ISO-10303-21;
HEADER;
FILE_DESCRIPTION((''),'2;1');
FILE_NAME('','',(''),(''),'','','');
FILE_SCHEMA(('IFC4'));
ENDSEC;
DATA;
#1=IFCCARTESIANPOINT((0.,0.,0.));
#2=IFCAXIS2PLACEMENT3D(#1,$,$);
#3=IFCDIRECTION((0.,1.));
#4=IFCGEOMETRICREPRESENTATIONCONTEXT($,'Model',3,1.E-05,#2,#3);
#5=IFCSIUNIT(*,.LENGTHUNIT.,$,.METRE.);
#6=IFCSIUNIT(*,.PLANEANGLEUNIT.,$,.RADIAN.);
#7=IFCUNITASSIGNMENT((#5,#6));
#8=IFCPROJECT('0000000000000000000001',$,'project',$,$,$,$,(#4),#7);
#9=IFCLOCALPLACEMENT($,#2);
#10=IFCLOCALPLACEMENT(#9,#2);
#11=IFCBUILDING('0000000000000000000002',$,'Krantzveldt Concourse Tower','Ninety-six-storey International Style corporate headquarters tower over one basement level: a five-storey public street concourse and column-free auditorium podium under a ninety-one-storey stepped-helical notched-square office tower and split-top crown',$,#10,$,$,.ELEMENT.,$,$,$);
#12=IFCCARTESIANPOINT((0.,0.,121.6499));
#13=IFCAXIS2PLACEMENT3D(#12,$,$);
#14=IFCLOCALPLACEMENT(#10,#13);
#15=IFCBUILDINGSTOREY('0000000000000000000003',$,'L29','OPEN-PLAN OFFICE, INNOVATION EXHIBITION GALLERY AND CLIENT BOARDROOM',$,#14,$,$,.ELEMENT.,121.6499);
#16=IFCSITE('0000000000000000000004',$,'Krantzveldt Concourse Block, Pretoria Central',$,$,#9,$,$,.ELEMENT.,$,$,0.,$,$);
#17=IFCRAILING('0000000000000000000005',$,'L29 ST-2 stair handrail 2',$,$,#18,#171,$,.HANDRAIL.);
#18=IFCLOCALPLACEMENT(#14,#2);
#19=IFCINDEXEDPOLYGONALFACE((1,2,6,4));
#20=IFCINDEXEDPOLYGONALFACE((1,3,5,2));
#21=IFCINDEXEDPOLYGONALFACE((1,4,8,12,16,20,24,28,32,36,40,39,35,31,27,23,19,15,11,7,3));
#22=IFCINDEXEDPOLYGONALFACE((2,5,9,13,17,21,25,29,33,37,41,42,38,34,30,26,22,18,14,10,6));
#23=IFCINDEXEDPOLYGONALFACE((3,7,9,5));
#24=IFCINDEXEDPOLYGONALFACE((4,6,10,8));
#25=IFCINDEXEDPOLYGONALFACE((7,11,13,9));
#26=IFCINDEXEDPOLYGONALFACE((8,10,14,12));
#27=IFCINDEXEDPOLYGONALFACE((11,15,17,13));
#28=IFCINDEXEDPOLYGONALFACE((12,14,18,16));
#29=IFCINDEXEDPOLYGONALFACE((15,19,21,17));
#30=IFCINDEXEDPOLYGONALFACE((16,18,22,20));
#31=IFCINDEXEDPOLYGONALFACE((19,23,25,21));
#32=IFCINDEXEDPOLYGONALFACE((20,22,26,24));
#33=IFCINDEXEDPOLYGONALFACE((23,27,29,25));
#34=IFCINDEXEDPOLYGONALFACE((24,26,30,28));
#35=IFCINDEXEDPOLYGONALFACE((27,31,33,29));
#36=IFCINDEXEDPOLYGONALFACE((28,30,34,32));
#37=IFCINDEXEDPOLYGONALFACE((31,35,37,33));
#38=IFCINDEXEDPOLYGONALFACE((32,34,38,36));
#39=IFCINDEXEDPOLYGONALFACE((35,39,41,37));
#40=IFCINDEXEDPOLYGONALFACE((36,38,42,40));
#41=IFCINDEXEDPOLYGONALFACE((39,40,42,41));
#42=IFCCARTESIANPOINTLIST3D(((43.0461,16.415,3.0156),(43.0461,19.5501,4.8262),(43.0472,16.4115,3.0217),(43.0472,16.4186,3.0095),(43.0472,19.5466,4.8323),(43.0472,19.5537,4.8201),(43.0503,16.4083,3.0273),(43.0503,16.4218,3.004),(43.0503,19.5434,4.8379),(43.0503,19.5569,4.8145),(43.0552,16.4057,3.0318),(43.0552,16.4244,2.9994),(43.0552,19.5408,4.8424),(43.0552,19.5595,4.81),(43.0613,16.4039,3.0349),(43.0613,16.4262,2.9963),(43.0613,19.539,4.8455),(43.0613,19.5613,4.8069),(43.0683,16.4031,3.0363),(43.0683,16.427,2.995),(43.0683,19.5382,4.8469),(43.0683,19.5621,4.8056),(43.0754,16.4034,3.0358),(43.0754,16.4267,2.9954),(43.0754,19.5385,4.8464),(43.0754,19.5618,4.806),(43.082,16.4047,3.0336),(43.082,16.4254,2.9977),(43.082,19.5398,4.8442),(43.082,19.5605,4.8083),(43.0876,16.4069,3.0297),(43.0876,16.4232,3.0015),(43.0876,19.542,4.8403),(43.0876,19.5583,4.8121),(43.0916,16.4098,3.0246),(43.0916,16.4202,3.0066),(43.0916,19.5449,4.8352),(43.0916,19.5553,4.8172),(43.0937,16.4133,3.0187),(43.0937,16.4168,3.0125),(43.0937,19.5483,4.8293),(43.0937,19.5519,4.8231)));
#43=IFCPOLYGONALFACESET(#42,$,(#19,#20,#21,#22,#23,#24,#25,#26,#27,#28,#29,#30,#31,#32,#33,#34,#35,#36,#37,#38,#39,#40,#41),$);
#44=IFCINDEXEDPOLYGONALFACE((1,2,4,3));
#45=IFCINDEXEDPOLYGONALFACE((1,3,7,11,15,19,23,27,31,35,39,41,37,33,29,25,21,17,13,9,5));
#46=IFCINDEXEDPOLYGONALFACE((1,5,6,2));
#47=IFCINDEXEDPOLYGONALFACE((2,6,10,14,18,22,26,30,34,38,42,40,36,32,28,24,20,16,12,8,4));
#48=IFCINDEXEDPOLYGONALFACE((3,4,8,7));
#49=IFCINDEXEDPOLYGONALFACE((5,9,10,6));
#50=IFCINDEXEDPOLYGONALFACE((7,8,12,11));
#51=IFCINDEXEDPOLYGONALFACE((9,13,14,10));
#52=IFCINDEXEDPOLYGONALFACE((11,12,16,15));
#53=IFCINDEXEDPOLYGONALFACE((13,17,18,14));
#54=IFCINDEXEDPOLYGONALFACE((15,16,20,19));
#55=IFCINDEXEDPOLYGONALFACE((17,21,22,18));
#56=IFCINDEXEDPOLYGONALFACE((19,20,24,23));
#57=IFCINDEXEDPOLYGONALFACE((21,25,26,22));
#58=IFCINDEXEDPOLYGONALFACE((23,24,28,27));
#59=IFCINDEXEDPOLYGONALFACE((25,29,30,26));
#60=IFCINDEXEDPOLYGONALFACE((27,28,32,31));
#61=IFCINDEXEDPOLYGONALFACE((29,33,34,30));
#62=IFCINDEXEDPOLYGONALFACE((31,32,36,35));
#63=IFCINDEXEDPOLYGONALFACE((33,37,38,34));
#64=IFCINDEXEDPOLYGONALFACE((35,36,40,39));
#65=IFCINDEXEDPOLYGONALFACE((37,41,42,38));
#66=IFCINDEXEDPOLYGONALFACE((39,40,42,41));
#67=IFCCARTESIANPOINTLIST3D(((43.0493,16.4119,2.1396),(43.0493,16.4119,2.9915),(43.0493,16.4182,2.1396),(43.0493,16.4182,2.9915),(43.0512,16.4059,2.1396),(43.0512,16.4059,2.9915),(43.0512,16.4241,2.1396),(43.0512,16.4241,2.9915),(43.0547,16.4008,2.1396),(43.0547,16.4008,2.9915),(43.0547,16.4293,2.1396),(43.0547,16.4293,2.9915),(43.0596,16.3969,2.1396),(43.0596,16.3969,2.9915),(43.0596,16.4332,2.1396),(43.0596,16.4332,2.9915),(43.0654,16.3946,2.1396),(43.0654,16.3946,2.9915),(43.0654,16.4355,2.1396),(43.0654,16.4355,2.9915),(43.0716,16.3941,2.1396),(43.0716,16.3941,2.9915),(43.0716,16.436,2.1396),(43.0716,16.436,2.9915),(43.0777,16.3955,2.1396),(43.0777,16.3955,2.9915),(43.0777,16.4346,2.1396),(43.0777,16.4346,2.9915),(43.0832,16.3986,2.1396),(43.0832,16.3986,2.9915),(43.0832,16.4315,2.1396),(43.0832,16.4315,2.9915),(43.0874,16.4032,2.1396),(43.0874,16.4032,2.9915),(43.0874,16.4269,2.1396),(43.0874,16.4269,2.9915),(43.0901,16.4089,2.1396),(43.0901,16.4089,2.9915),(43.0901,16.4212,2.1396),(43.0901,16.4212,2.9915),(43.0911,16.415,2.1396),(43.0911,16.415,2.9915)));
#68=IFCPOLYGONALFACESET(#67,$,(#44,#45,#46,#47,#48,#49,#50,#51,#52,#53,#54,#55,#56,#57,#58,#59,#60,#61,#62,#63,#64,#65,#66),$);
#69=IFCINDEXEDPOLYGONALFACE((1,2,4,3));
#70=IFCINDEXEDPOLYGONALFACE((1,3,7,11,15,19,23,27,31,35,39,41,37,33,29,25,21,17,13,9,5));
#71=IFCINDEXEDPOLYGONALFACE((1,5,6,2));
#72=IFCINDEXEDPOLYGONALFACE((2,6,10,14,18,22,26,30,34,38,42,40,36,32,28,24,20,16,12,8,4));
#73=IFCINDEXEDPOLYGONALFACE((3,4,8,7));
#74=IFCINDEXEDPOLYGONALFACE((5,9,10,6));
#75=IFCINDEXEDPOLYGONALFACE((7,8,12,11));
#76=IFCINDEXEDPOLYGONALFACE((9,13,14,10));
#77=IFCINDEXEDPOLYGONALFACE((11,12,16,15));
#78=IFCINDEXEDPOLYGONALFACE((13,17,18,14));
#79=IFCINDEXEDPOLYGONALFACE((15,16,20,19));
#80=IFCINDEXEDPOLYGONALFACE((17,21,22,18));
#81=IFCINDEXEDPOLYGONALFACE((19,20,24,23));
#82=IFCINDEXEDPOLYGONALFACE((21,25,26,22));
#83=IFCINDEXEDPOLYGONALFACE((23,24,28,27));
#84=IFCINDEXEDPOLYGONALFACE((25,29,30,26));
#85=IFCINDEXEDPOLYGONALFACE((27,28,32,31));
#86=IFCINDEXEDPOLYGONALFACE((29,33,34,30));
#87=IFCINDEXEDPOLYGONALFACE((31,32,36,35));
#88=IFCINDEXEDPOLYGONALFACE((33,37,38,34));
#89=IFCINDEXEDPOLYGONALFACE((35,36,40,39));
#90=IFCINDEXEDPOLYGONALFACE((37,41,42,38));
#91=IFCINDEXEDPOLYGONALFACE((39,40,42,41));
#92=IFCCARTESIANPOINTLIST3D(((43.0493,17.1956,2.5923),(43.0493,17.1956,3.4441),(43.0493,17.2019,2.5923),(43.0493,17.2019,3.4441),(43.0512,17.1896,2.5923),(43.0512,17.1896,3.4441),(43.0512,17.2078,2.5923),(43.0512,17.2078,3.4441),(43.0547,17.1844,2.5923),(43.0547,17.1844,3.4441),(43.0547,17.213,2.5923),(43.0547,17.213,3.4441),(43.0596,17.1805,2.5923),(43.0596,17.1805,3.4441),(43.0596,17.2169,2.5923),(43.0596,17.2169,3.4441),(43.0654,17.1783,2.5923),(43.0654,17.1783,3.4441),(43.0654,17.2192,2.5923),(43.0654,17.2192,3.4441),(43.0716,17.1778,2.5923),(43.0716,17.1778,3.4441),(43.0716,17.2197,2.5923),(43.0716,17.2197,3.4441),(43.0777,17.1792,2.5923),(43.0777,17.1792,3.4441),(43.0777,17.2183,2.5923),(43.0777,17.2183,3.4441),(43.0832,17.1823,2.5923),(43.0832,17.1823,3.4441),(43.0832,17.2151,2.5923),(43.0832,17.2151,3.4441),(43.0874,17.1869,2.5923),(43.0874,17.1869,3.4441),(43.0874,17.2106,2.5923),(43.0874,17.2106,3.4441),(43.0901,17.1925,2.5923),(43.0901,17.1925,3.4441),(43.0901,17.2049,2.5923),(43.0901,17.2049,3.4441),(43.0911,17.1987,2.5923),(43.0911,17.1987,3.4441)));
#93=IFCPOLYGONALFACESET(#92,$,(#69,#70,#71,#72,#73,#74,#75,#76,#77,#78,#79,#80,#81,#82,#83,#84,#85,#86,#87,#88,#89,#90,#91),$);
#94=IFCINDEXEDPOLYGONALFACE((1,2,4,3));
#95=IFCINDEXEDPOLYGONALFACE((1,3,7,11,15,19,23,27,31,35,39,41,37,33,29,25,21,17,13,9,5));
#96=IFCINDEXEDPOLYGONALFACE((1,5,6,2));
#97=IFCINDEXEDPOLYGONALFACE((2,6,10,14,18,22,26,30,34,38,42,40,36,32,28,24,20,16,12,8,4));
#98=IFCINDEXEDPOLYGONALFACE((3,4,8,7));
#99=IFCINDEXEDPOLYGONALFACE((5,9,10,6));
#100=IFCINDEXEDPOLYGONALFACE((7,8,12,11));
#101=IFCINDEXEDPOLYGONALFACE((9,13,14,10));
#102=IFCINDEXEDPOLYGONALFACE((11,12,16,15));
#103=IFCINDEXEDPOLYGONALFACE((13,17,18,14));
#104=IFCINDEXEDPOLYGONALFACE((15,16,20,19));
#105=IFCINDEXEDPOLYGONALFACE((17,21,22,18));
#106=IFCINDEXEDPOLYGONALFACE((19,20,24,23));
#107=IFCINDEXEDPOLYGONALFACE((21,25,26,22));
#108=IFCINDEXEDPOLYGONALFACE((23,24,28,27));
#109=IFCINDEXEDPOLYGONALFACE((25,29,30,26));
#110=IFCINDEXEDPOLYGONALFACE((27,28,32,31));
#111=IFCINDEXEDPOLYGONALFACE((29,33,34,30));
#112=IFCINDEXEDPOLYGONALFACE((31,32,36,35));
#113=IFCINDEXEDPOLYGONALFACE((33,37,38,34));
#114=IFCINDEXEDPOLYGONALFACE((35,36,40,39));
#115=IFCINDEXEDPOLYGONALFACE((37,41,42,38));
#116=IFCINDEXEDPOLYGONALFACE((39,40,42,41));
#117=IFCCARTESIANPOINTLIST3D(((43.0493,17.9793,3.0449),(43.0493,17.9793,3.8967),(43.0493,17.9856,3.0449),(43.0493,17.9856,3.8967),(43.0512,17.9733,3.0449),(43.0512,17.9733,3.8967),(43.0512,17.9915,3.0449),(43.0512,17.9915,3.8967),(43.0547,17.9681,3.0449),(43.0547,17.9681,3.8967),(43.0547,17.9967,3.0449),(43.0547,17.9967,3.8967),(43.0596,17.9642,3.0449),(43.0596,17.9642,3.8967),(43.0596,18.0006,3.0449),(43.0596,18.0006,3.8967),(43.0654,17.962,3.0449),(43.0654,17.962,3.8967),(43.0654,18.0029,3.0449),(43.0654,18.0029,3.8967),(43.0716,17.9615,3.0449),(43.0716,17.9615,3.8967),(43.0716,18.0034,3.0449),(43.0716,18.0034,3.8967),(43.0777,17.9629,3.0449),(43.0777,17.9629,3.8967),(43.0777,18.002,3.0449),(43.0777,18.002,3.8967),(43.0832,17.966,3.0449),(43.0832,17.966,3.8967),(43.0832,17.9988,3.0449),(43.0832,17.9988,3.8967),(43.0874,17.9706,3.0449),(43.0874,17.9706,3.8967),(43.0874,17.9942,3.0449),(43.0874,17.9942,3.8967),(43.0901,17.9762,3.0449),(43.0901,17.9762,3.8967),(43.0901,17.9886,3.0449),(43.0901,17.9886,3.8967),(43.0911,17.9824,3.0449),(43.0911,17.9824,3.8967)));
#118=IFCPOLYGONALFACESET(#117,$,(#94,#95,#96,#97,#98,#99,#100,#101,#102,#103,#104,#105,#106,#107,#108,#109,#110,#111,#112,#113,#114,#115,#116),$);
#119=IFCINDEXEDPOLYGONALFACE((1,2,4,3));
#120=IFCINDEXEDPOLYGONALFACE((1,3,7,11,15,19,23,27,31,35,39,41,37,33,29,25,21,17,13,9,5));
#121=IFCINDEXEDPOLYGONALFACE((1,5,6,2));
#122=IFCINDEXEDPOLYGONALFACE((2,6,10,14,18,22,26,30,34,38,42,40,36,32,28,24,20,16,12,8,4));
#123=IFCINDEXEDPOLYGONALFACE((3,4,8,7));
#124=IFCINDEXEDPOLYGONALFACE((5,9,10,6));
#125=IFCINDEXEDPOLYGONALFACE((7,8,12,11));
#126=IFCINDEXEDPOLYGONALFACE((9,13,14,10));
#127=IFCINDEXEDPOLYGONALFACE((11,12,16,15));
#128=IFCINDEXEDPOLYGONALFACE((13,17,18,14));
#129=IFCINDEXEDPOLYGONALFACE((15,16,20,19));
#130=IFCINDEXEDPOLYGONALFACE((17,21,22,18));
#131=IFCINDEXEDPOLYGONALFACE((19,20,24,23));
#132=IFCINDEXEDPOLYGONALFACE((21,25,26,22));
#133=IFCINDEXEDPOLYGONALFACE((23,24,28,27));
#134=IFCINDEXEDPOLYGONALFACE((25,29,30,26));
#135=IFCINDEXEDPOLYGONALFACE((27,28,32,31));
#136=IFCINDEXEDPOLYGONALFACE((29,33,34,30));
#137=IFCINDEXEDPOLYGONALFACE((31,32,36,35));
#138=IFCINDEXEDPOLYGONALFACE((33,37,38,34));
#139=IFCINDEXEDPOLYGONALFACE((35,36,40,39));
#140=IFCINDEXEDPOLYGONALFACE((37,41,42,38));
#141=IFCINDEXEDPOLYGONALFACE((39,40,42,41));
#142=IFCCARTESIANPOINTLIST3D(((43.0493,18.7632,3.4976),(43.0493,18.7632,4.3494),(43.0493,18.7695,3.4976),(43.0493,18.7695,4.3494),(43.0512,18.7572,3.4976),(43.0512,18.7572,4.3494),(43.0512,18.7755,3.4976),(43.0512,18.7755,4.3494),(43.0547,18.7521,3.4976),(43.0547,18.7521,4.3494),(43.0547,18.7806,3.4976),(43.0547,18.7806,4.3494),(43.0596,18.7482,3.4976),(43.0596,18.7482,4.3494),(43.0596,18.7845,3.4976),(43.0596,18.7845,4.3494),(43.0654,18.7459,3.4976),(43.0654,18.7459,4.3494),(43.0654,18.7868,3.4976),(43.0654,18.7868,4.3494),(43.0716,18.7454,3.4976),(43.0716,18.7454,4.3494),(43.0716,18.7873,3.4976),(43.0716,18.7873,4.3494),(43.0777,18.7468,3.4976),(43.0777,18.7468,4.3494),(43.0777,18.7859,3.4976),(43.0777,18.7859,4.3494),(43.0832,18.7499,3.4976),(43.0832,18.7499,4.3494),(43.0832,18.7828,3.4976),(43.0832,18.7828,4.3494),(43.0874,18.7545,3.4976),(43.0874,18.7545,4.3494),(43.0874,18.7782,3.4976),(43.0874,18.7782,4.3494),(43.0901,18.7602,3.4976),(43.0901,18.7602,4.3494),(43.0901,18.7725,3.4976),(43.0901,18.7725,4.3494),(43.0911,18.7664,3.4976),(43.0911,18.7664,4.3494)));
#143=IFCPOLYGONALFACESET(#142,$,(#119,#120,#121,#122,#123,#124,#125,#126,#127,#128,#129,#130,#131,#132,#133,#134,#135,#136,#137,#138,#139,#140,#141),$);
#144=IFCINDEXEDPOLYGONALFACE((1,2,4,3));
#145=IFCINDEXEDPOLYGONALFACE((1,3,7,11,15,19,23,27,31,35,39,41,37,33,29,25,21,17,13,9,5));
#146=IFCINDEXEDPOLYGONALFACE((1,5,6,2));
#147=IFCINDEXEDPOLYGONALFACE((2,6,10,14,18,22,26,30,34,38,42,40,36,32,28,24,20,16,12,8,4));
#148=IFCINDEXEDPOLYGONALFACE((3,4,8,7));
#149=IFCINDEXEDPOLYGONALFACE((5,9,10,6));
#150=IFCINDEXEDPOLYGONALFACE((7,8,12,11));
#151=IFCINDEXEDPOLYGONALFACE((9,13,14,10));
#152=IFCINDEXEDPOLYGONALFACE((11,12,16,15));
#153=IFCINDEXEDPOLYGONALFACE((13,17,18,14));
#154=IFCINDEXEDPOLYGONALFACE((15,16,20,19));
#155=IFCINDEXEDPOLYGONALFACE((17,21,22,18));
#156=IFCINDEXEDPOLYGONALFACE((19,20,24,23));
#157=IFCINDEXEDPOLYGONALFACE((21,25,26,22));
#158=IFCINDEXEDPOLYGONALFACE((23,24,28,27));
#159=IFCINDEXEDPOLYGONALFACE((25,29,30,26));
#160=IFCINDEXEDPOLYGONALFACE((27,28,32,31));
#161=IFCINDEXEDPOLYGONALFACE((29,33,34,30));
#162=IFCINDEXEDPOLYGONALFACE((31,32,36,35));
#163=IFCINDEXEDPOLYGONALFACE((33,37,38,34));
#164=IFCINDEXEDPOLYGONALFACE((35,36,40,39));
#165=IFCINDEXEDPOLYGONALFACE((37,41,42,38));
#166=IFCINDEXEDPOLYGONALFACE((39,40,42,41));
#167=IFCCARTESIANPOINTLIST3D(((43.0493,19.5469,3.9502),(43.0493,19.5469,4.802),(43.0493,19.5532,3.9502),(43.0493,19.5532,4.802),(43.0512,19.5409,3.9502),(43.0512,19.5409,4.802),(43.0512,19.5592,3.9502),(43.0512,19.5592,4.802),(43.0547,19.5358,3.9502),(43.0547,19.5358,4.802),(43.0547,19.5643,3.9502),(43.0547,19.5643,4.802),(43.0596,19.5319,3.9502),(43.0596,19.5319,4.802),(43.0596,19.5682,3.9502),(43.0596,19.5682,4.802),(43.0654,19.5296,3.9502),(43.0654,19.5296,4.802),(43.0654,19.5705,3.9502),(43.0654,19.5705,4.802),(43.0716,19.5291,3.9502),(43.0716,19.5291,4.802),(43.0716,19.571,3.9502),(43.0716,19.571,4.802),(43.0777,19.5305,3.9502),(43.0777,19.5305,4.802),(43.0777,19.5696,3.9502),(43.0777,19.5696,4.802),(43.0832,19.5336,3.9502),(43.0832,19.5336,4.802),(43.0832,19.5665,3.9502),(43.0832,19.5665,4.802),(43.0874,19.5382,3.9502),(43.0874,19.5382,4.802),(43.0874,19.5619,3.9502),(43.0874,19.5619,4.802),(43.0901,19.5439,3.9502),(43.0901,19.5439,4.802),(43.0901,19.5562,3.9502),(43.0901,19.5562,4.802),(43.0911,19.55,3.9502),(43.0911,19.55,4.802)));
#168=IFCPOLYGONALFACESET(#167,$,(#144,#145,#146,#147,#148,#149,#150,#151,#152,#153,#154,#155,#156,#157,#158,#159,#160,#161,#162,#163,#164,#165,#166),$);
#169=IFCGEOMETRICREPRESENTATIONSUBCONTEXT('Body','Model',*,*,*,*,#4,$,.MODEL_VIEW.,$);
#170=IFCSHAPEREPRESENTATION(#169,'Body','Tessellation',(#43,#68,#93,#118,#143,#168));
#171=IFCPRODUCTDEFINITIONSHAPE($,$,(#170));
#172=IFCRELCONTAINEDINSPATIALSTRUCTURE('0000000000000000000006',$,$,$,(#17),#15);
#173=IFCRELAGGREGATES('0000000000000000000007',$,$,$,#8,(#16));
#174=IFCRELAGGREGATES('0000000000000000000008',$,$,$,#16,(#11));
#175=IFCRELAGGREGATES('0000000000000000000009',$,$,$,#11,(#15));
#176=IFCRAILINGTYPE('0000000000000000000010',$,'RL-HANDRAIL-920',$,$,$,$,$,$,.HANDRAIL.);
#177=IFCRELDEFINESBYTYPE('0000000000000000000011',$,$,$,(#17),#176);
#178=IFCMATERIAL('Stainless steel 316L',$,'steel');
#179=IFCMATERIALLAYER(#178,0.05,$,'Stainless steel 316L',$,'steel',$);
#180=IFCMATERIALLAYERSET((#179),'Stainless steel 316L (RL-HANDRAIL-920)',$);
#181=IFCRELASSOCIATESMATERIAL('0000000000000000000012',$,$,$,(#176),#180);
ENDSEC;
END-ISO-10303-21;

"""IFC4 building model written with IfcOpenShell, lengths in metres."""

from ifc_helpers import new_model, si_unit, direction, frame, origin, origin_2d, place, context, subcontext, project, spatial, circle, extrude, material, layer, layer_set, type_object, element, save


model = new_model("IFC4")

# Units and contexts
model_context = context("Model", 3, precision=1e-05, world=origin(), true_north=direction((0.0, 1.0)))
body_context = subcontext(model_context, "Body", "Model", "MODEL_VIEW")
ifc_project = project(units=[si_unit("LENGTHUNIT", "METRE"), si_unit("PLANEANGLEUNIT", "RADIAN")], contexts=[model_context])

# Site, building, storey
site_placement = place(None, origin())
site = spatial("IfcSite", under=ifc_project, at=site_placement, Name="Krantzveldt Concourse Block, Pretoria Central", CompositionType="ELEMENT", RefElevation=0.0)
building_placement = place(site_placement, origin())
building = spatial("IfcBuilding", under=site, at=building_placement, Name="Krantzveldt Concourse Tower", Description="Ninety-six-storey International Style corporate headquarters tower over one basement level: a five-storey public street concourse and column-free auditorium podium under a ninety-one-storey stepped-helical notched-square office tower and split-top crown", CompositionType="ELEMENT")
storey_placement = place(building_placement, frame((0.0, 0.0, 121.6499)))
storey = spatial("IfcBuildingStorey", under=building, at=storey_placement, Name="L29", Description="OPEN-PLAN OFFICE, INNOVATION EXHIBITION GALLERY AND CLIENT BOARDROOM", CompositionType="ELEMENT", Elevation=121.6499)

# Shared definitions
ifc_material_1 = material(Name="Stainless steel 316L", Category="steel")

# Railing
ifc_layer_1 = layer(ifc_material_1, 0.05, Name="Stainless steel 316L", Category="steel")
ifc_layer_set_1 = layer_set([ifc_layer_1], Name="Stainless steel 316L (RL-HANDRAIL-920)")
railing_type_1 = type_object("IfcRailingType", Name="RL-HANDRAIL-920", PredefinedType="HANDRAIL", material=ifc_layer_set_1)
railing_1_placement = place(storey_placement, frame((43.0701, 16.415, 2.1396)))
element("IfcRailing", 1, at=railing_1_placement, inside=storey, type_object=railing_type_1, Name="L29 ST-2 stair handrail 2", PredefinedType="HANDRAIL", context=body_context, shape_type="SweptSolid", body=[
    extrude(circle(Radius=0.0239, at=origin_2d()), frame((0.0, 0.0, 0.876), z_axis=(0.0, 0.86596, 0.500114), x_axis=(-1.0, 0.0, 0.0)), (0.0, 0.0, 1.0), 3.6204),
    extrude(circle(Radius=0.021, at=origin_2d()), origin(), (0.0, 0.0, 1.0), 0.8518),
    extrude(circle(Radius=0.021, at=origin_2d()), frame((0.0, 0.7837, 0.4526)), (0.0, 0.0, 1.0), 0.8518),
    extrude(circle(Radius=0.021, at=origin_2d()), frame((0.0, 1.5674, 0.9053)), (0.0, 0.0, 1.0), 0.8518),
    extrude(circle(Radius=0.021, at=origin_2d()), frame((0.0, 2.3513, 1.3579)), (0.0, 0.0, 1.0), 0.8518),
    extrude(circle(Radius=0.021, at=origin_2d()), frame((0.0, 3.135, 1.8105)), (0.0, 0.0, 1.0), 0.8518),
])

save(model, "model.ifc")
